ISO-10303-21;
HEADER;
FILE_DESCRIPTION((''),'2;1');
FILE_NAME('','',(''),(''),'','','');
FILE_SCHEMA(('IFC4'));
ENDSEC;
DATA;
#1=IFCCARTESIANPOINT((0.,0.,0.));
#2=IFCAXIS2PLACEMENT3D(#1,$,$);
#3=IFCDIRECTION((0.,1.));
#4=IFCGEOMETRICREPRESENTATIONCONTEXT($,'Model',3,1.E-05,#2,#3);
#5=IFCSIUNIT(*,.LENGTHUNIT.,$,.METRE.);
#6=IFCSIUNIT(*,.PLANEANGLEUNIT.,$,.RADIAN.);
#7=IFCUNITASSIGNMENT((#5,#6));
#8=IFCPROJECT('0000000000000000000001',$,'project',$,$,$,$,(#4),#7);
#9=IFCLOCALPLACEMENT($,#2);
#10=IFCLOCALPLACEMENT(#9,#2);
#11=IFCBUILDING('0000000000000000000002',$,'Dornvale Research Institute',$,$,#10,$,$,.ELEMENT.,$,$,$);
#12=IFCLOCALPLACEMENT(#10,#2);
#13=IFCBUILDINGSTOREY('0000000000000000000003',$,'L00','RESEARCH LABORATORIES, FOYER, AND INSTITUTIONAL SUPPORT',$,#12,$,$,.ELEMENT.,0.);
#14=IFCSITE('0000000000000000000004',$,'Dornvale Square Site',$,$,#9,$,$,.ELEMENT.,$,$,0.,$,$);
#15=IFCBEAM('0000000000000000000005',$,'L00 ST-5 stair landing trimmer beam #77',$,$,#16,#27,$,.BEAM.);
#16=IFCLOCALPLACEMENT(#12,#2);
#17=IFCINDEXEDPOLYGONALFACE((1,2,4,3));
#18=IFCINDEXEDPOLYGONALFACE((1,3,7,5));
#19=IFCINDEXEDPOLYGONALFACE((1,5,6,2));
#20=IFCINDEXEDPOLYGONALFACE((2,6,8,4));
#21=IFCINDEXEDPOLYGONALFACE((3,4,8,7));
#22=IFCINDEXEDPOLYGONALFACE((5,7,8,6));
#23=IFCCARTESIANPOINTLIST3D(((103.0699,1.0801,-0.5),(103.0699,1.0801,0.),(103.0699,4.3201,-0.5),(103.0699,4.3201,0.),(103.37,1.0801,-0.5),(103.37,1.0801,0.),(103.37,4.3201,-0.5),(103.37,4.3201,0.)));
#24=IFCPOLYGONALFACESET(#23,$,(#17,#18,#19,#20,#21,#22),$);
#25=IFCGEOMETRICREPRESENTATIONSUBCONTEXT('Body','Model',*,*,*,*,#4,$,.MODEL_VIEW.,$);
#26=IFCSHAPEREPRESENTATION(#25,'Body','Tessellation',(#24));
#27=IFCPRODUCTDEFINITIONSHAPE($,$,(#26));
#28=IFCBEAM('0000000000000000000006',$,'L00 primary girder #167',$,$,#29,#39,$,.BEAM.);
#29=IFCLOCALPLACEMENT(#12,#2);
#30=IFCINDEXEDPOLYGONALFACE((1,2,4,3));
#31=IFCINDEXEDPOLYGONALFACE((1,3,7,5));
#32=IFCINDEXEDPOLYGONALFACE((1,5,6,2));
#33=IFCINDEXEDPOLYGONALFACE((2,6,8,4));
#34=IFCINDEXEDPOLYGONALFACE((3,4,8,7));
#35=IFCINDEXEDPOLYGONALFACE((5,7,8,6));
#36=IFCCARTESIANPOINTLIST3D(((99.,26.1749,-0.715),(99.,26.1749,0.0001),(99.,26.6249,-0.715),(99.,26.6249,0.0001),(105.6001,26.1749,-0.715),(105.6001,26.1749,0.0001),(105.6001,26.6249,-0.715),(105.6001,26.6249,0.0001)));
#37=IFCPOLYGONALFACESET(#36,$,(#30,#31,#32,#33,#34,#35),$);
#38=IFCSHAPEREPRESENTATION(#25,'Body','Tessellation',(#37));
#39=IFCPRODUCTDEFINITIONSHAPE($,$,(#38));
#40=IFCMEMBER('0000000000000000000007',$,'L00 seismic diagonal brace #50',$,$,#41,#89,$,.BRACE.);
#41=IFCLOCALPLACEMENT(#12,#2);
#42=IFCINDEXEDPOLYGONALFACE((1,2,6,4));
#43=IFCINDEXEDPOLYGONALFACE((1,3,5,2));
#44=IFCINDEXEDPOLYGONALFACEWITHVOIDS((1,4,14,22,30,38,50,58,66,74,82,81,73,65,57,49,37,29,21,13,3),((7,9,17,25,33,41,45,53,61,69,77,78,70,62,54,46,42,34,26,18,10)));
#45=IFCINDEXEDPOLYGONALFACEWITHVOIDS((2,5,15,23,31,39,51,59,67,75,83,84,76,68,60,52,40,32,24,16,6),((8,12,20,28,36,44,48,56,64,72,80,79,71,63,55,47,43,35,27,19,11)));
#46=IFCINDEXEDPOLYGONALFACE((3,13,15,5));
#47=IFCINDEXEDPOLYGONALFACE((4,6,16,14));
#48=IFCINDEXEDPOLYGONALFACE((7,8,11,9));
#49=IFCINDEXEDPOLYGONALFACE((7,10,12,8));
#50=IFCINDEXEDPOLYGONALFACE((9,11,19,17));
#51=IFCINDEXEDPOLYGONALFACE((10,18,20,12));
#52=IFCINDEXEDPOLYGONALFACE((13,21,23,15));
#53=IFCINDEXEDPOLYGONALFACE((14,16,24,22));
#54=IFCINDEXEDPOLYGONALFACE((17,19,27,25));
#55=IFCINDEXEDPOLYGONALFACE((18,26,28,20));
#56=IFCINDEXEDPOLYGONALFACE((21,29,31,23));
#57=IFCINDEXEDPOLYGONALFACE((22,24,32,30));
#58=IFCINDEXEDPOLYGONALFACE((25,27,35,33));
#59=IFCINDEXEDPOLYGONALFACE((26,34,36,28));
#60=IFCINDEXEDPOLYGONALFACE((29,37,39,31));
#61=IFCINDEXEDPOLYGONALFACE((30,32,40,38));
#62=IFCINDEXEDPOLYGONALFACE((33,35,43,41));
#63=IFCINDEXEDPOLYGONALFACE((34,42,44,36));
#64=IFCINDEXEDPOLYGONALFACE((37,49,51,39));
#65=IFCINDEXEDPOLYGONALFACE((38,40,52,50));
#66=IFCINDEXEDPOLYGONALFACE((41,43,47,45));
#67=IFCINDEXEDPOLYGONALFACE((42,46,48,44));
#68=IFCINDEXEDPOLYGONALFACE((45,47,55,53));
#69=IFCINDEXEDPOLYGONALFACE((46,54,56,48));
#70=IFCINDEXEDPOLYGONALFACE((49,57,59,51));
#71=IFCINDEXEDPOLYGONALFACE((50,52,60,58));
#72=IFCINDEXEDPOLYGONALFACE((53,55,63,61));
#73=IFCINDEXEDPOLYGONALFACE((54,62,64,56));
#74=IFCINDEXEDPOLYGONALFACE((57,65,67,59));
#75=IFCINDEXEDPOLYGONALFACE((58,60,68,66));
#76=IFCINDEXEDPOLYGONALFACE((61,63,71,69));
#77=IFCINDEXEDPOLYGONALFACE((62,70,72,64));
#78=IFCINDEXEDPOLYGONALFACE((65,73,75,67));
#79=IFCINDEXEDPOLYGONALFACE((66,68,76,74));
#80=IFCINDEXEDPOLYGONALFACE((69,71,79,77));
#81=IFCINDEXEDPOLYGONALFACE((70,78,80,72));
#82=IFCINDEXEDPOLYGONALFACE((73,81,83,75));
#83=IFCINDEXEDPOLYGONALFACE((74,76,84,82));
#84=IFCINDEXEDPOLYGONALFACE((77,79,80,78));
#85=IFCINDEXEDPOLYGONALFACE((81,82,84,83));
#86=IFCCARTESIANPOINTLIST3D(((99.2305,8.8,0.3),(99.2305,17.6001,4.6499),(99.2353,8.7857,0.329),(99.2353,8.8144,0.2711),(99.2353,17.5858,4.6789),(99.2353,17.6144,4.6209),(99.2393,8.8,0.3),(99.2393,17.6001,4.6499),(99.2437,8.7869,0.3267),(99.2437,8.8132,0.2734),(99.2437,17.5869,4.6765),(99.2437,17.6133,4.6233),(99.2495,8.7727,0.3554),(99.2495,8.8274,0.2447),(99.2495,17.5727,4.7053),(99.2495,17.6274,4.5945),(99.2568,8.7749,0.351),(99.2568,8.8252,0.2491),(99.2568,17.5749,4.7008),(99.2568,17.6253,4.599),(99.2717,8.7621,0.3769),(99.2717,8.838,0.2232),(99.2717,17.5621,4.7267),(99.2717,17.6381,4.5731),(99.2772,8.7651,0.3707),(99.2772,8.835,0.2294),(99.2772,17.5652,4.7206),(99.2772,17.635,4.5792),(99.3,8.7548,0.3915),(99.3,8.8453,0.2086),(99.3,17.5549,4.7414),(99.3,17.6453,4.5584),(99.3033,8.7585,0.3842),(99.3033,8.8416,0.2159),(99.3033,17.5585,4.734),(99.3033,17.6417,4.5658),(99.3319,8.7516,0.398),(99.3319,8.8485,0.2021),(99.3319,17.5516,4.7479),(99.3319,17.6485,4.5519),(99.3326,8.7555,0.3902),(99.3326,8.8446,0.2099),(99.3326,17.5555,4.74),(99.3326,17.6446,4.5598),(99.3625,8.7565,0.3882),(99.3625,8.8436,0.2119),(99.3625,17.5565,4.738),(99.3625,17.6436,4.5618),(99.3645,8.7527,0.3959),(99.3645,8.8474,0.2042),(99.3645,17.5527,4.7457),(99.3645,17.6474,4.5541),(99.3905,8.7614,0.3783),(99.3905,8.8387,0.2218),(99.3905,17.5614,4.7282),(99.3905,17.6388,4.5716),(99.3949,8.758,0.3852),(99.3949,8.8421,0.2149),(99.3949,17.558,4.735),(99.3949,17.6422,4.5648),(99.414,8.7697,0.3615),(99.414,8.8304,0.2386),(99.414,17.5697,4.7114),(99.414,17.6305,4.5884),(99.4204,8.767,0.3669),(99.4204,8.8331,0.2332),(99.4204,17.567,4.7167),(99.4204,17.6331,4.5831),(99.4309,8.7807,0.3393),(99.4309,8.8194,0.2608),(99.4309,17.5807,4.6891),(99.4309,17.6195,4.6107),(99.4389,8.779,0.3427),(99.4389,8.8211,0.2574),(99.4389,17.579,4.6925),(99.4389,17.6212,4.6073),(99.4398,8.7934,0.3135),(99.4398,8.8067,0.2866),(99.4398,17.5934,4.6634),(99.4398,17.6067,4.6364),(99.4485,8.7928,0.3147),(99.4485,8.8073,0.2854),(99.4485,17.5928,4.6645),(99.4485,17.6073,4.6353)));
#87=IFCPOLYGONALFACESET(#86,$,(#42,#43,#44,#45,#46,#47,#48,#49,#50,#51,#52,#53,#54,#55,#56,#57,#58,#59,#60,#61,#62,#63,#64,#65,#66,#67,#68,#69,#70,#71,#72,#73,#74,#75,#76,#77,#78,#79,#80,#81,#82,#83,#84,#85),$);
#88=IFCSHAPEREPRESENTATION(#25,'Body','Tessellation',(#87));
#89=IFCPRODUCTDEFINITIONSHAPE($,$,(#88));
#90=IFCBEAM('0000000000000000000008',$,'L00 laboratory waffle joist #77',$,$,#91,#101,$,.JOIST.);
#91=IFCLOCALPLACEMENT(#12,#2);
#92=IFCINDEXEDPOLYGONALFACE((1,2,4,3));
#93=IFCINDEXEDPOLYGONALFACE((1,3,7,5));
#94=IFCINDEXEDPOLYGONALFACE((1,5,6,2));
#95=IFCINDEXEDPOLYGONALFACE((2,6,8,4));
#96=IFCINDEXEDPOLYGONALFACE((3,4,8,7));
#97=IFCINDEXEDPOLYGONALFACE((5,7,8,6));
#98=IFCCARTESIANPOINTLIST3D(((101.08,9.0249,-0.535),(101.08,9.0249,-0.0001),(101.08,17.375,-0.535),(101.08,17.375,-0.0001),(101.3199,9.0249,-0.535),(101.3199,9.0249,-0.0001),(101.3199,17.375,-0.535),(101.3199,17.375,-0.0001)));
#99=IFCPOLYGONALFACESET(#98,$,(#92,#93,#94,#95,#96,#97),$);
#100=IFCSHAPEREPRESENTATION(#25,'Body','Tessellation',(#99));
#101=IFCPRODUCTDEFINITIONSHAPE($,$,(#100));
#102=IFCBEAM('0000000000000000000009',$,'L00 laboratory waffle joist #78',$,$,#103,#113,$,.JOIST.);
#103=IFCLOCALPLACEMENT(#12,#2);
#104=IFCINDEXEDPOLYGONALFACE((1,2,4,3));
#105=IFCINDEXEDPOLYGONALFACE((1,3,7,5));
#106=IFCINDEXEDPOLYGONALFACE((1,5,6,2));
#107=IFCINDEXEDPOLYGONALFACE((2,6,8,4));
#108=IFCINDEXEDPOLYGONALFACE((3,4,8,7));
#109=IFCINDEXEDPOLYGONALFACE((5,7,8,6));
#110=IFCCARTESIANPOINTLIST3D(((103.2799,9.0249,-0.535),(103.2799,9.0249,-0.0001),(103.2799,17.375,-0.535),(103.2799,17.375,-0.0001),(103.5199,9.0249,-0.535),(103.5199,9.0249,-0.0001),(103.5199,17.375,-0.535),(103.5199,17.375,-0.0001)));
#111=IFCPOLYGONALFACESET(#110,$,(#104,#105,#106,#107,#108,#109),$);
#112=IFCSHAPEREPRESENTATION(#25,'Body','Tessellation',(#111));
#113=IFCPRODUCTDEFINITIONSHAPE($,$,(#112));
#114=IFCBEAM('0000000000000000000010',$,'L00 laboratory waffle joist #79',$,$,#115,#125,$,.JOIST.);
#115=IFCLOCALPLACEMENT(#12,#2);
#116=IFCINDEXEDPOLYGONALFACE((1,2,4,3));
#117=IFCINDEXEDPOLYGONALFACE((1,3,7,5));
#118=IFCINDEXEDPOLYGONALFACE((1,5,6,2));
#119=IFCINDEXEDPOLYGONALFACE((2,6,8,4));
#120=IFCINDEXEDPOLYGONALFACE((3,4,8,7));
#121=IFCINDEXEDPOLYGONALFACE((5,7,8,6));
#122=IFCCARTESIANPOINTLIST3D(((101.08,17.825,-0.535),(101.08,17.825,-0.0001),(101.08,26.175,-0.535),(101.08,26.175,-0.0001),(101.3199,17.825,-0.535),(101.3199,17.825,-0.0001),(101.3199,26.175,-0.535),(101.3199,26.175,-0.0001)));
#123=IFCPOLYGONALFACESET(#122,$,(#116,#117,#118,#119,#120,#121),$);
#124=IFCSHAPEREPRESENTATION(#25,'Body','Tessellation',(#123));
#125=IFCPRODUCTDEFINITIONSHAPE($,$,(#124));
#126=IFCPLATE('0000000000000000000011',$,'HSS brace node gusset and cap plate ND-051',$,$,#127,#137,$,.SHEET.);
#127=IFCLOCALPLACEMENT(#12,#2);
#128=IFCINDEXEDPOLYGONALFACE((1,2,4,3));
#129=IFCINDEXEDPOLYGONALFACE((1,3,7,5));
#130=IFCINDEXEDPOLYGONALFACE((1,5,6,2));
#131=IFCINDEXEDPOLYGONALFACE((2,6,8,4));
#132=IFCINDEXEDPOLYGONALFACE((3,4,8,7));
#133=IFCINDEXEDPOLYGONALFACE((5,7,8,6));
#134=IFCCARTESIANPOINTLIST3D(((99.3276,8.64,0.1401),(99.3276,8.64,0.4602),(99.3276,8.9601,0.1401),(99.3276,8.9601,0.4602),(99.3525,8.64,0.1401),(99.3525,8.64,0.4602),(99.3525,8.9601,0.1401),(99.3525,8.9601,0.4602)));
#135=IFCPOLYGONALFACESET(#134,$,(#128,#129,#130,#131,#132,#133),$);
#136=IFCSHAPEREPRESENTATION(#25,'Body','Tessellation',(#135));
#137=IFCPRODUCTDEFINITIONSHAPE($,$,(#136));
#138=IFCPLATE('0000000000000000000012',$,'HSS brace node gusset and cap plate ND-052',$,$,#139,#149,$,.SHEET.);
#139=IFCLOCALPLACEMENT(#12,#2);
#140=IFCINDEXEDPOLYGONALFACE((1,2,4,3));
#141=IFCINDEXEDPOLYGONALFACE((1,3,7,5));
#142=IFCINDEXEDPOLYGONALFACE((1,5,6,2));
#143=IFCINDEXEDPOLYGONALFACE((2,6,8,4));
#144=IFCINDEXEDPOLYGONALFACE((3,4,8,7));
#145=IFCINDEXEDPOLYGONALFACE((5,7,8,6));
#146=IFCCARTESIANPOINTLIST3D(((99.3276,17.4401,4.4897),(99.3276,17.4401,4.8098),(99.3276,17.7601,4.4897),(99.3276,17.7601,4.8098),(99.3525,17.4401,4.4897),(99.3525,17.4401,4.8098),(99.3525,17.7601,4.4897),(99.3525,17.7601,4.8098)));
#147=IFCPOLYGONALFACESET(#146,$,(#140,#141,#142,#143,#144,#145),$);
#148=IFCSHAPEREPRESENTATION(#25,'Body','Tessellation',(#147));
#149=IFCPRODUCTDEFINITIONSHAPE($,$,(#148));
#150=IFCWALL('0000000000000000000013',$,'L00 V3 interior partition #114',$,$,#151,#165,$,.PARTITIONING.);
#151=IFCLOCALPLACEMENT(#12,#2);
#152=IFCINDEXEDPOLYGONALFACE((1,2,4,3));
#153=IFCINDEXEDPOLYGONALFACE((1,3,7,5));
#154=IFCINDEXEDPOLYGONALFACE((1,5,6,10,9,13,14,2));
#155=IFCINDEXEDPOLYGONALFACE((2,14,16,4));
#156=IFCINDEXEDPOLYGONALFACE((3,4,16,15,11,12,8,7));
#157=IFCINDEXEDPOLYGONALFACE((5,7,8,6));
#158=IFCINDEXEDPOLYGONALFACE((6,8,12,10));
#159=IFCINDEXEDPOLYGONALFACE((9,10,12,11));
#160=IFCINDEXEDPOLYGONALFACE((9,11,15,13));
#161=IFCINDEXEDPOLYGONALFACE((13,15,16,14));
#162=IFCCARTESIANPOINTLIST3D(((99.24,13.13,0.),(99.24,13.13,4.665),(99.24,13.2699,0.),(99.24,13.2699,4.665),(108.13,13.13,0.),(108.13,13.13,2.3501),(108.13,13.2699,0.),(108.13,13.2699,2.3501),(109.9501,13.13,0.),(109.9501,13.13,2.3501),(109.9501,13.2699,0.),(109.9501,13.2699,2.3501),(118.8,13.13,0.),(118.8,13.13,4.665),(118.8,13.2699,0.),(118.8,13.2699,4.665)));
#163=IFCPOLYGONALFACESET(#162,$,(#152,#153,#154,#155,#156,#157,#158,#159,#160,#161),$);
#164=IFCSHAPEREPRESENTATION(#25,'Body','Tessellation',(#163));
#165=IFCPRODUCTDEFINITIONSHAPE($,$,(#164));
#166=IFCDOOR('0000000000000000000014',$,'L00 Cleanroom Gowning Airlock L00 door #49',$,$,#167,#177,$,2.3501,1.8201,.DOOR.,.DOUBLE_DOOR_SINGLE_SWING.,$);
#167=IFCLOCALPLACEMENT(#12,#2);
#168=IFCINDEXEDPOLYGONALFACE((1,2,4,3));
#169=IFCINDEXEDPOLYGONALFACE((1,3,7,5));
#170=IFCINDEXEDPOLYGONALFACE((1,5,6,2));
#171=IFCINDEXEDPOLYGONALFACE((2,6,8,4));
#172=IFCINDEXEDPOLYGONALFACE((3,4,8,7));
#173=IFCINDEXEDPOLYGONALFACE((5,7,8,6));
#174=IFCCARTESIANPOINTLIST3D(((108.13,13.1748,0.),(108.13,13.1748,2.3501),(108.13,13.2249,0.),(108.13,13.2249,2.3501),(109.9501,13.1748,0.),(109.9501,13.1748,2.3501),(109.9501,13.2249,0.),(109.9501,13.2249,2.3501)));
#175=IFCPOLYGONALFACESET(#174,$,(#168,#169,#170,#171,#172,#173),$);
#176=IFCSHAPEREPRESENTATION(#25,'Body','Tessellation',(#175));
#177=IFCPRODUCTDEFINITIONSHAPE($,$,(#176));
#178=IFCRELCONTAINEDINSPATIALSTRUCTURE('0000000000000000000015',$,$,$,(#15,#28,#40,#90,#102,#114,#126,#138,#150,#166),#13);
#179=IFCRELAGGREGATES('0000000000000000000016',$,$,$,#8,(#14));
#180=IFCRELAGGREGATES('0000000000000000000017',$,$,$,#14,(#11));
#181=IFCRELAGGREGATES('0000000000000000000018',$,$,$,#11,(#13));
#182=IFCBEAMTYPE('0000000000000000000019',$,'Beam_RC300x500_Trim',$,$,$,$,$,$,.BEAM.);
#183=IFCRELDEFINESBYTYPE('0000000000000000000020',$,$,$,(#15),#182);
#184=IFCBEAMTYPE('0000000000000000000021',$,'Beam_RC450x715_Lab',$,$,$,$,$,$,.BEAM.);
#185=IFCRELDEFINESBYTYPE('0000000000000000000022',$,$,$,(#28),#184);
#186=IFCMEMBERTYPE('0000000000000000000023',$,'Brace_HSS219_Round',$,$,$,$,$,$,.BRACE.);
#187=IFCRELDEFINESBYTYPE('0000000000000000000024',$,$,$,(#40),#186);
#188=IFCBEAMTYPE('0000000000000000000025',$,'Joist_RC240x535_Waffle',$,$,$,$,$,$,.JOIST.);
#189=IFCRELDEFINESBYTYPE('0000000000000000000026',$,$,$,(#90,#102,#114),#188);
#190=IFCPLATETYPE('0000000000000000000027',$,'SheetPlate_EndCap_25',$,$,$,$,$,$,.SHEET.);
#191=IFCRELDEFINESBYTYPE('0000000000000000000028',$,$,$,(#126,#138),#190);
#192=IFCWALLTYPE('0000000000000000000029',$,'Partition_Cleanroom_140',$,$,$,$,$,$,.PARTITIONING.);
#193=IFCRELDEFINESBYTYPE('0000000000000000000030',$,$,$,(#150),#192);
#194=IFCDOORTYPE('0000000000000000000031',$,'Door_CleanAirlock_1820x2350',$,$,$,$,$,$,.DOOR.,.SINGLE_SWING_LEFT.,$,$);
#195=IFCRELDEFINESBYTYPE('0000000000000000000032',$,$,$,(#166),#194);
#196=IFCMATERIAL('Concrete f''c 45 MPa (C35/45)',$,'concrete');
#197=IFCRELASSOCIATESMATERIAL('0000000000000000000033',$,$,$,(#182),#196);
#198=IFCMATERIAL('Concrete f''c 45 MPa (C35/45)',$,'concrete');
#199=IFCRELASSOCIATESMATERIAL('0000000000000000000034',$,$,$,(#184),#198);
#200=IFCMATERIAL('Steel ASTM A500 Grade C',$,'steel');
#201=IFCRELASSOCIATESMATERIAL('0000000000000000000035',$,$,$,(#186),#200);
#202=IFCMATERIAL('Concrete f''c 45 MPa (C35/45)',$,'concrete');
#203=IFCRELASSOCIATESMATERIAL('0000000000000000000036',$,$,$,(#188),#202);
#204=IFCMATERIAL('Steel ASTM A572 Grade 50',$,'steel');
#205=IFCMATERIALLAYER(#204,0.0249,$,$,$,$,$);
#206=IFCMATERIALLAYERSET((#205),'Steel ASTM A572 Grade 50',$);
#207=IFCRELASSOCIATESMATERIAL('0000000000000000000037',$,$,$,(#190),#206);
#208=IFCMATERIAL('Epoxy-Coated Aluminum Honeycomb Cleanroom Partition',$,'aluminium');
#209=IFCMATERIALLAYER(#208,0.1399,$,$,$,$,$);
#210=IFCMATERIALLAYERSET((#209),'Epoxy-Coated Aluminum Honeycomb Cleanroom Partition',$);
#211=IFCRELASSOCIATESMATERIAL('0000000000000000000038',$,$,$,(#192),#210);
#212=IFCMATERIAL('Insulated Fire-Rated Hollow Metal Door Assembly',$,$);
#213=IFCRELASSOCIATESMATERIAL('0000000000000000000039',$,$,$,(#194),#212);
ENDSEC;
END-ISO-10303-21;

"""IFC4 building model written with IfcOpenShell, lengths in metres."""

from ifc_helpers import new_model, si_unit, direction, frame, frame_2d, origin, origin_2d, place, context, subcontext, project, spatial, rectangle, hollow_circle, extrude, material, layer, layer_set, material_profile, profile_set, type_object, element, fill, save


model = new_model("IFC4")

# Units and contexts
model_context = context("Model", 3, precision=1e-05, world=origin(), true_north=direction((0.0, 1.0)))
body_context = subcontext(model_context, "Body", "Model", "MODEL_VIEW")
ifc_project = project(units=[si_unit("LENGTHUNIT", "METRE"), si_unit("PLANEANGLEUNIT", "RADIAN")], contexts=[model_context])

# Site, building, storey
site_placement = place(None, origin())
site = spatial("IfcSite", under=ifc_project, at=site_placement, Name="Dornvale Square Site", CompositionType="ELEMENT", RefElevation=0.0)
building_placement = place(site_placement, origin())
building = spatial("IfcBuilding", under=site, at=building_placement, Name="Dornvale Research Institute", CompositionType="ELEMENT")
storey_placement = place(building_placement, origin())
storey = spatial("IfcBuildingStorey", under=building, at=storey_placement, Name="L00", Description="RESEARCH LABORATORIES, FOYER, AND INSTITUTIONAL SUPPORT", CompositionType="ELEMENT", Elevation=0.0)

# Beams
ifc_material_1 = material(Name="Concrete f'c 45 MPa (C35/45)", Category="concrete")
ifc_material_profile_1 = material_profile(ifc_material_1, rectangle(XDim=0.3, YDim=0.5, at=origin_2d()), Name="RC 300x500")
ifc_profile_set_1 = profile_set([ifc_material_profile_1], Name="Concrete f'c 45 MPa (C35/45)")
beam_type_1 = type_object("IfcBeamType", Name="Beam_RC300x500_Trim", PredefinedType="BEAM", material=ifc_profile_set_1)
beam_1_placement = place(storey_placement, frame((103.22, 1.0801, -0.25), z_axis=(0.0, 1.0, 0.0), x_axis=(-1.0, 0.0, 0.0)))
element("IfcBeam", 1, at=beam_1_placement, inside=storey, type_object=beam_type_1, Name="L00 ST-5 stair landing trimmer beam #77", PredefinedType="BEAM", context=body_context, shape_type="SweptSolid", body=[
    extrude(rectangle(XDim=0.3, YDim=0.5, at=origin_2d()), origin(), (0.0, 0.0, 1.0), 3.24),
])
ifc_material_2 = material(Name="Concrete f'c 45 MPa (C35/45)", Category="concrete")
ifc_material_profile_2 = material_profile(ifc_material_2, rectangle(XDim=0.45, YDim=0.7151, at=origin_2d()), Name="RC 450x715")
ifc_profile_set_2 = profile_set([ifc_material_profile_2], Name="Concrete f'c 45 MPa (C35/45)")
beam_type_2 = type_object("IfcBeamType", Name="Beam_RC450x715_Lab", PredefinedType="BEAM", material=ifc_profile_set_2)
beam_2_placement = place(storey_placement, frame((99.0, 26.3999, -0.3574), z_axis=(1.0, 0.0, 0.0), x_axis=(0.0, 1.0, 0.0)))
element("IfcBeam", 2, at=beam_2_placement, inside=storey, type_object=beam_type_2, Name="L00 primary girder #167", PredefinedType="BEAM", context=body_context, shape_type="SweptSolid", body=[
    extrude(rectangle(XDim=0.45, YDim=0.7151, at=origin_2d()), origin(), (0.0, 0.0, 1.0), 6.6001),
])

# Member
ifc_material_3 = material(Name="Steel ASTM A500 Grade C", Category="steel")
ifc_material_profile_3 = material_profile(ifc_material_3, hollow_circle(Radius=0.1096, WallThickness=0.0088, at=origin_2d()), Name="HSS219X9.5")
ifc_profile_set_3 = profile_set([ifc_material_profile_3], Name="Steel ASTM A500 Grade C")
member_type = type_object("IfcMemberType", Name="Brace_HSS219_Round", PredefinedType="BRACE", material=ifc_profile_set_3)
member_placement = place(storey_placement, frame((99.3401, 8.8, 0.3), z_axis=(0.0, 0.896462, 0.44312), x_axis=(-1.0, 0.0, 0.0)))
element("IfcMember", 3, at=member_placement, inside=storey, type_object=member_type, Name="L00 seismic diagonal brace #50", PredefinedType="BRACE", context=body_context, shape_type="SweptSolid", body=[
    extrude(hollow_circle(Radius=0.1096, WallThickness=0.0088, at=origin_2d()), origin(), (0.0, 0.0, 1.0), 9.8164),
])

# Beams
ifc_material_4 = material(Name="Concrete f'c 45 MPa (C35/45)", Category="concrete")
ifc_material_profile_4 = material_profile(ifc_material_4, rectangle(XDim=0.24, YDim=0.5349, at=origin_2d()), Name="RC 240x535")
ifc_profile_set_4 = profile_set([ifc_material_profile_4], Name="Concrete f'c 45 MPa (C35/45)")
beam_type_3 = type_object("IfcBeamType", Name="Joist_RC240x535_Waffle", PredefinedType="JOIST", material=ifc_profile_set_4)
for number, where, z_axis, x_axis, name in (
    (4, (101.2, 9.0249, -0.2676), (0.0, 1.0, 0.0), (-1.0, 0.0, 0.0), "L00 laboratory waffle joist #77"),
    (5, (103.3999, 9.0249, -0.2676), (0.0, 1.0, 0.0), (-1.0, 0.0, 0.0), "L00 laboratory waffle joist #78"),
    (6, (101.2, 17.825, -0.2676), (0.0, 1.0, 0.0), (-1.0, 0.0, 0.0), "L00 laboratory waffle joist #79"),
):
    element("IfcBeam", number, at=place(storey_placement, frame(where, z_axis=z_axis, x_axis=x_axis)), inside=storey, type_object=beam_type_3, Name=name, PredefinedType="JOIST", context=body_context, shape_type="SweptSolid", body=[
        extrude(rectangle(XDim=0.24, YDim=0.5349, at=origin_2d()), origin(), (0.0, 0.0, 1.0), 8.3501),
    ])

# Plates
ifc_material_5 = material(Name="Steel ASTM A572 Grade 50", Category="steel")
ifc_layer_1 = layer(ifc_material_5, 0.0249)
ifc_layer_set_1 = layer_set([ifc_layer_1], Name="Steel ASTM A572 Grade 50")
plate_type = type_object("IfcPlateType", Name="SheetPlate_EndCap_25", PredefinedType="SHEET", material=ifc_layer_set_1)
for number, where, z_axis, x_axis, name in (
    (7, (99.3401, 8.8, 0.1401), (0.0, 0.0, 1.0), (0.0, 1.0, 0.0), "HSS brace node gusset and cap plate ND-051"),
    (8, (99.3401, 17.6001, 4.4897), (0.0, 0.0, 1.0), (0.0, 1.0, 0.0), "HSS brace node gusset and cap plate ND-052"),
):
    element("IfcPlate", number, at=place(storey_placement, frame(where, z_axis=z_axis, x_axis=x_axis)), inside=storey, type_object=plate_type, Name=name, PredefinedType="SHEET", context=body_context, shape_type="SweptSolid", body=[
        extrude(rectangle(XDim=0.3201, YDim=0.0249, at=origin_2d()), origin(), (0.0, 0.0, 1.0), 0.3201),
    ])

# Wall, opening, door
ifc_material_6 = material(Name="Epoxy-Coated Aluminum Honeycomb Cleanroom Partition", Category="aluminium")
ifc_layer_2 = layer(ifc_material_6, 0.1399)
ifc_layer_set_2 = layer_set([ifc_layer_2], Name="Epoxy-Coated Aluminum Honeycomb Cleanroom Partition")
wall_type_1 = type_object("IfcWallType", Name="Partition_Cleanroom_140", PredefinedType="PARTITIONING", material=ifc_layer_set_2)
wall_1_placement = place(storey_placement, frame((99.24, 13.2, 0.0), z_axis=(0.0, 0.0, 1.0), x_axis=(1.0, 0.0, 0.0)))
wall_1 = element("IfcWall", 9, at=wall_1_placement, inside=storey, type_object=wall_type_1, Name="L00 V3 interior partition #114", PredefinedType="PARTITIONING", context=body_context, shape_type="SweptSolid", body=[
    extrude(rectangle(XDim=19.5601, YDim=0.1399, at=frame_2d((9.78, 0.0))), origin(), (0.0, 0.0, 1.0), 4.665),
])
opening_1_placement = place(wall_1_placement, frame((8.8899, 0.0, 0.0)))
opening_1 = element("IfcOpeningElement", 10, at=opening_1_placement, cuts=wall_1, PredefinedType="OPENING", context=body_context, shape_type="SweptSolid", body=[
    extrude(rectangle(XDim=1.8201, YDim=2.3501, at=frame_2d((0.9102, 1.175))), frame((0.0, 0.085, 0.0), z_axis=(0.0, -1.0, 0.0), x_axis=(1.0, 0.0, 0.0)), (0.0, 0.0, 1.0), 0.1699),
])
ifc_material_7 = material(Name="Insulated Fire-Rated Hollow Metal Door Assembly")
door_type_1 = type_object("IfcDoorType", Name="Door_CleanAirlock_1820x2350", OperationType="SINGLE_SWING_LEFT", PredefinedType="DOOR", material=ifc_material_7)
door_1_placement = place(opening_1_placement, origin())
door_1 = element("IfcDoor", 11, at=door_1_placement, inside=storey, type_object=door_type_1, Name="L00 Cleanroom Gowning Airlock L00 door #49", OperationType="DOUBLE_DOOR_SINGLE_SWING", OverallHeight=2.3501, OverallWidth=1.8201, PredefinedType="DOOR", context=body_context, shape_type="SweptSolid", body=[
    extrude(rectangle(XDim=1.8201, YDim=2.3501, at=frame_2d((0.9102, 1.175))), frame((0.0, 0.0249, 0.0), z_axis=(0.0, -1.0, 0.0), x_axis=(1.0, 0.0, 0.0)), (0.0, 0.0, 1.0), 0.05),
])
fill(opening_1, door_1)

save(model, "model.ifc")
